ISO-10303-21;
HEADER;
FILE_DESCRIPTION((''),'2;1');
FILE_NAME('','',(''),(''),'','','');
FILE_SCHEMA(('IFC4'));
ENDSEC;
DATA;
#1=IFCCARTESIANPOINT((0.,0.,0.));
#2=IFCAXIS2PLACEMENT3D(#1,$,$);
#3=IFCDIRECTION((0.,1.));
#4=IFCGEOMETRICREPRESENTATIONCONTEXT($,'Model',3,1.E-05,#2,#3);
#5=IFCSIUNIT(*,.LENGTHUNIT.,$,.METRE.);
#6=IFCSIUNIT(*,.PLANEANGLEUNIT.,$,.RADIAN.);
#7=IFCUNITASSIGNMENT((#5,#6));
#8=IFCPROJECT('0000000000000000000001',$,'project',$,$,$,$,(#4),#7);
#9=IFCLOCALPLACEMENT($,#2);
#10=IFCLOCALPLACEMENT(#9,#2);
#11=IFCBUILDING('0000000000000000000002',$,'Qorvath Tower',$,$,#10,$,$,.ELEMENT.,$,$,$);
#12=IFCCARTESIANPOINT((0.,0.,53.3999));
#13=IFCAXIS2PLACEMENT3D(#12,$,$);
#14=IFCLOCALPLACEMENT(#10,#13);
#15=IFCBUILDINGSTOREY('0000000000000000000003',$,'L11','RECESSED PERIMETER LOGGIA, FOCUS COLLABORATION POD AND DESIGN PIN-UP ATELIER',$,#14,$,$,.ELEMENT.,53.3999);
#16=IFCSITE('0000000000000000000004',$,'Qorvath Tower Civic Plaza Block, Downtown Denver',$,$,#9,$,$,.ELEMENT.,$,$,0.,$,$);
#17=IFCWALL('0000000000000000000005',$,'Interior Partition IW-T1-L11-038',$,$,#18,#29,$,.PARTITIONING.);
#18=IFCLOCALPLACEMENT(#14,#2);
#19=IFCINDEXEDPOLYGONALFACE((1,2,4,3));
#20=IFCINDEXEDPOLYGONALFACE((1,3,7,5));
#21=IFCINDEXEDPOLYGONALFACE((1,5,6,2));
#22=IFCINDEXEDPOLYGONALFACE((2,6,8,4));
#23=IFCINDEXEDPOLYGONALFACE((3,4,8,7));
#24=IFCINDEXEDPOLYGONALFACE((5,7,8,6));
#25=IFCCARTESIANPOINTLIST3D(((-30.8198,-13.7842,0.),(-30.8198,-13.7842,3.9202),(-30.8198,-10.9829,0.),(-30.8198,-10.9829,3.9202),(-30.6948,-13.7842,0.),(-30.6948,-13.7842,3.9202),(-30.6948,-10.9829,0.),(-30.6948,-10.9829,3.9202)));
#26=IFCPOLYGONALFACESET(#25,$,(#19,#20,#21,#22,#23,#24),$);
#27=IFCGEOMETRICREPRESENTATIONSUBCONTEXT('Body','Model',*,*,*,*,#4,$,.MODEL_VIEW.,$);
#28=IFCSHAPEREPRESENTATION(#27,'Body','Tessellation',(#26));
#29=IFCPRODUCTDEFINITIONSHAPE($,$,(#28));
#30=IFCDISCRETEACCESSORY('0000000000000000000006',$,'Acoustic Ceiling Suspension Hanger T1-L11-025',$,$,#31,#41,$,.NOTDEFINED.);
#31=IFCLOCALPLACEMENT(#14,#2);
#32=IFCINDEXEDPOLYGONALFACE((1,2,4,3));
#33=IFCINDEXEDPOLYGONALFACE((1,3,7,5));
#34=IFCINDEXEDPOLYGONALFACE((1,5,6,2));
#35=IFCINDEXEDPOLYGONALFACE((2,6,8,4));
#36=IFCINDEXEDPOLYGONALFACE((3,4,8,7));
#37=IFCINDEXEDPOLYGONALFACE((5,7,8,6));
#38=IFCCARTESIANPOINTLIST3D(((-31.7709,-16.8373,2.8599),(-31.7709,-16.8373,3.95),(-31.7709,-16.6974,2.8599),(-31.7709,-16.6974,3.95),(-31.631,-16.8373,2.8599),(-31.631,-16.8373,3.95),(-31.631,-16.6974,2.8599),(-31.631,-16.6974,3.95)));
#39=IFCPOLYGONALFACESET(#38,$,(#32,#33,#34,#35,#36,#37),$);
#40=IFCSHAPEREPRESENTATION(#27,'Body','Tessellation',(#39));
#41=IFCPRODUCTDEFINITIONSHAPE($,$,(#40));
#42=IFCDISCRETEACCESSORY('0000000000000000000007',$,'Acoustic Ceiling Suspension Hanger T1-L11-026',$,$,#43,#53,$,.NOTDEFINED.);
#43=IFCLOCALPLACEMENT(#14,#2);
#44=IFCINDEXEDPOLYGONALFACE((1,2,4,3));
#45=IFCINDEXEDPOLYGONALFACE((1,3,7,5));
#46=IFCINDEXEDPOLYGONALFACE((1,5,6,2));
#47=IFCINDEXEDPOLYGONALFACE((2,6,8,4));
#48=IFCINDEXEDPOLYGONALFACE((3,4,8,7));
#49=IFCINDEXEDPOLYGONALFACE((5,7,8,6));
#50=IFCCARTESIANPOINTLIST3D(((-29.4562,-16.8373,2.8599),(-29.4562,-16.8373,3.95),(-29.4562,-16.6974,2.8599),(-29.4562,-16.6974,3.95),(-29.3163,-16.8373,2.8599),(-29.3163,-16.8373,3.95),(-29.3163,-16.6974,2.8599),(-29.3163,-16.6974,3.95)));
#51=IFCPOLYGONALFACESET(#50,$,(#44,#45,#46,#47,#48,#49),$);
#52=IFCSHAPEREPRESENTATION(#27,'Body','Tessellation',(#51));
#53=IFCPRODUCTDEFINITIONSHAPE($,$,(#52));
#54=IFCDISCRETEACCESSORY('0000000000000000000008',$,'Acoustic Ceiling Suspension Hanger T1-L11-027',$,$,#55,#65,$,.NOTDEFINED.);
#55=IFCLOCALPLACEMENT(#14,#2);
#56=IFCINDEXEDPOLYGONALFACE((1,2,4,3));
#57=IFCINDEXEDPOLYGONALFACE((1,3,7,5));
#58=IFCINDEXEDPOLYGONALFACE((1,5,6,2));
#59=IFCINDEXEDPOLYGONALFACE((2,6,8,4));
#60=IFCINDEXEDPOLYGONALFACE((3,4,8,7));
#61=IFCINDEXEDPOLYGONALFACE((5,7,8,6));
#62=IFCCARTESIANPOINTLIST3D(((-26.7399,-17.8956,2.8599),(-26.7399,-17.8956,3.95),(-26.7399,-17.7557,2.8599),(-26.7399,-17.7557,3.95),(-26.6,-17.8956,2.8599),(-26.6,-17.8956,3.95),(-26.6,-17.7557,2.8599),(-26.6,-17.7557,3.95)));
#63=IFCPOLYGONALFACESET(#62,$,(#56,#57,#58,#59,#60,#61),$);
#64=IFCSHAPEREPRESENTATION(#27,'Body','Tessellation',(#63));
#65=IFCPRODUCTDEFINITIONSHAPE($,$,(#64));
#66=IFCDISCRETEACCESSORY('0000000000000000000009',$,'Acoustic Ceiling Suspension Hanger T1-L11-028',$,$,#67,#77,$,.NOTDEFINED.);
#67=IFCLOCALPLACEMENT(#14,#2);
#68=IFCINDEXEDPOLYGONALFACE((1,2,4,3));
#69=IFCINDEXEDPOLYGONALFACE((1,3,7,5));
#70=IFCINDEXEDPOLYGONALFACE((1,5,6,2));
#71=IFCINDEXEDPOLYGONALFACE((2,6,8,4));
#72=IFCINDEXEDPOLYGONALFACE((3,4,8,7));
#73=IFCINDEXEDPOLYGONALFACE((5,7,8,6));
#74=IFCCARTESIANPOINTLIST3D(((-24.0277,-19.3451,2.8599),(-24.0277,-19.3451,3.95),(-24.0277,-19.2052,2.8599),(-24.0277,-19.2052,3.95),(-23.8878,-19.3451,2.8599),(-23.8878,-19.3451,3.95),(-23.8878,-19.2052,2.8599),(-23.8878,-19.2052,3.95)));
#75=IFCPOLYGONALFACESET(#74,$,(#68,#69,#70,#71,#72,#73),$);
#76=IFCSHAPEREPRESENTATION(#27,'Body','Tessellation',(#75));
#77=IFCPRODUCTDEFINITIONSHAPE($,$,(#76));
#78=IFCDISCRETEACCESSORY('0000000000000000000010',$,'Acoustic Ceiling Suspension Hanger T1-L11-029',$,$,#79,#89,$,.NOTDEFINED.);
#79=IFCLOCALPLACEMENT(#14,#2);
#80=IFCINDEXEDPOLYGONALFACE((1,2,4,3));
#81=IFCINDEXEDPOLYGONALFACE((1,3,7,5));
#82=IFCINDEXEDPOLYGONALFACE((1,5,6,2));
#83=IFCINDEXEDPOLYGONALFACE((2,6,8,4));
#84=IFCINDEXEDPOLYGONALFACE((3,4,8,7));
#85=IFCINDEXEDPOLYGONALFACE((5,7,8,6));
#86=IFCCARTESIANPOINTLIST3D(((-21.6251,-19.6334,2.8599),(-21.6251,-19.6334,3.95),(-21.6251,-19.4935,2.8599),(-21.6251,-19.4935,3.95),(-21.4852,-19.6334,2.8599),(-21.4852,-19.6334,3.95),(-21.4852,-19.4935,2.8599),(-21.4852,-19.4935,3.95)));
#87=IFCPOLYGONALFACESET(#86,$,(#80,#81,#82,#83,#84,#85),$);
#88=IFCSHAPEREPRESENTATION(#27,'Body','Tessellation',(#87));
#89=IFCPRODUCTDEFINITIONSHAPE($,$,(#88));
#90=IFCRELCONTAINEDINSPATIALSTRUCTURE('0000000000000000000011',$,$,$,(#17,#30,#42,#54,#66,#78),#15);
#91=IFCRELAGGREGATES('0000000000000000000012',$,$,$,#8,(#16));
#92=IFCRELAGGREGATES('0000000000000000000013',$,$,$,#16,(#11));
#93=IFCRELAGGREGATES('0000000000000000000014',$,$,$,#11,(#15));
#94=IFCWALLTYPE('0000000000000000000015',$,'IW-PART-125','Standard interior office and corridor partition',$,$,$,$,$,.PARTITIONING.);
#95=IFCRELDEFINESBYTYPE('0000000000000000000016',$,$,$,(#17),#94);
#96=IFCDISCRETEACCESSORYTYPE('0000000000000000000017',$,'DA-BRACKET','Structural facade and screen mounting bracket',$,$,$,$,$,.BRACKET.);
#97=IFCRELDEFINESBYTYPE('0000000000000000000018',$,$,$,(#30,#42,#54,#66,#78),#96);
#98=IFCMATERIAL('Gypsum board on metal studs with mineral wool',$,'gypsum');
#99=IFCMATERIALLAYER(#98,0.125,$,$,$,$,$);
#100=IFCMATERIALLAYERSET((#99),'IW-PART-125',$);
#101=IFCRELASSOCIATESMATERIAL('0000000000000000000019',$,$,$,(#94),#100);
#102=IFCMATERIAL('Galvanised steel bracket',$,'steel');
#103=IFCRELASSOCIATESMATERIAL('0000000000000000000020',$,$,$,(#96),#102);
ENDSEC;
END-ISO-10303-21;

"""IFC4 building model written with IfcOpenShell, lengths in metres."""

from ifc_helpers import new_model, si_unit, direction, frame, frame_2d, origin, origin_2d, place, context, subcontext, project, spatial, rectangle, extrude, material, layer, layer_set, type_object, element, save


model = new_model("IFC4")

# Units and contexts
model_context = context("Model", 3, precision=1e-05, world=origin(), true_north=direction((0.0, 1.0)))
body_context = subcontext(model_context, "Body", "Model", "MODEL_VIEW")
ifc_project = project(units=[si_unit("LENGTHUNIT", "METRE"), si_unit("PLANEANGLEUNIT", "RADIAN")], contexts=[model_context])

# Site, building, storey
site_placement = place(None, origin())
site = spatial("IfcSite", under=ifc_project, at=site_placement, Name="Qorvath Tower Civic Plaza Block, Downtown Denver", CompositionType="ELEMENT", RefElevation=0.0)
building_placement = place(site_placement, origin())
building = spatial("IfcBuilding", under=site, at=building_placement, Name="Qorvath Tower", CompositionType="ELEMENT")
storey_placement = place(building_placement, frame((0.0, 0.0, 53.3999)))
storey = spatial("IfcBuildingStorey", under=building, at=storey_placement, Name="L11", Description="RECESSED PERIMETER LOGGIA, FOCUS COLLABORATION POD AND DESIGN PIN-UP ATELIER", CompositionType="ELEMENT", Elevation=53.3999)

# Shared definitions
ifc_material_1 = material(Name="Gypsum board on metal studs with mineral wool", Category="gypsum")
ifc_layer_1 = layer(ifc_material_1, 0.125)
ifc_layer_set_1 = layer_set([ifc_layer_1], Name="IW-PART-125")
wall_type_1 = type_object("IfcWallType", Name="IW-PART-125", Description="Standard interior office and corridor partition", PredefinedType="PARTITIONING", material=ifc_layer_set_1)

# Wall
wall_1_placement = place(storey_placement, frame((-30.7573, -13.7842, 0.0), z_axis=(0.0, 0.0, 1.0), x_axis=(0.0, 1.0, 0.0)))
element("IfcWall", 1, at=wall_1_placement, inside=storey, type_object=wall_type_1, Name="Interior Partition IW-T1-L11-038", PredefinedType="PARTITIONING", context=body_context, shape_type="SweptSolid", body=[
    extrude(rectangle(XDim=2.8013, YDim=0.125, at=frame_2d((1.4006, 0.0))), origin(), (0.0, 0.0, 1.0), 3.9202),
])

# Discrete accessories
ifc_material_2 = material(Name="Galvanised steel bracket", Category="steel")
discrete_accessory_type = type_object("IfcDiscreteAccessoryType", Name="DA-BRACKET", Description="Structural facade and screen mounting bracket", PredefinedType="BRACKET", material=ifc_material_2)
for number, where, z_axis, x_axis, name in (
    (2, (-31.7009, -16.7673, 2.8599), (0.0, 0.0, 1.0), (1.0, 0.0, 0.0), "Acoustic Ceiling Suspension Hanger T1-L11-025"),
    (3, (-29.3862, -16.7673, 2.8599), (0.0, 0.0, 1.0), (1.0, 0.0, 0.0), "Acoustic Ceiling Suspension Hanger T1-L11-026"),
    (4, (-26.6699, -17.8257, 2.8599), (0.0, 0.0, 1.0), (1.0, 0.0, 0.0), "Acoustic Ceiling Suspension Hanger T1-L11-027"),
    (5, (-23.9578, -19.2751, 2.8599), (0.0, 0.0, 1.0), (1.0, 0.0, 0.0), "Acoustic Ceiling Suspension Hanger T1-L11-028"),
    (6, (-21.5552, -19.5635, 2.8599), (0.0, 0.0, 1.0), (1.0, 0.0, 0.0), "Acoustic Ceiling Suspension Hanger T1-L11-029"),
):
    element("IfcDiscreteAccessory", number, at=place(storey_placement, frame(where, z_axis=z_axis, x_axis=x_axis)), inside=storey, type_object=discrete_accessory_type, Name=name, PredefinedType="NOTDEFINED", context=body_context, shape_type="SweptSolid", body=[
        extrude(rectangle(XDim=0.1399, YDim=0.1399, at=origin_2d()), origin(), (0.0, 0.0, 1.0), 1.0901),
    ])

save(model, "model.ifc")
